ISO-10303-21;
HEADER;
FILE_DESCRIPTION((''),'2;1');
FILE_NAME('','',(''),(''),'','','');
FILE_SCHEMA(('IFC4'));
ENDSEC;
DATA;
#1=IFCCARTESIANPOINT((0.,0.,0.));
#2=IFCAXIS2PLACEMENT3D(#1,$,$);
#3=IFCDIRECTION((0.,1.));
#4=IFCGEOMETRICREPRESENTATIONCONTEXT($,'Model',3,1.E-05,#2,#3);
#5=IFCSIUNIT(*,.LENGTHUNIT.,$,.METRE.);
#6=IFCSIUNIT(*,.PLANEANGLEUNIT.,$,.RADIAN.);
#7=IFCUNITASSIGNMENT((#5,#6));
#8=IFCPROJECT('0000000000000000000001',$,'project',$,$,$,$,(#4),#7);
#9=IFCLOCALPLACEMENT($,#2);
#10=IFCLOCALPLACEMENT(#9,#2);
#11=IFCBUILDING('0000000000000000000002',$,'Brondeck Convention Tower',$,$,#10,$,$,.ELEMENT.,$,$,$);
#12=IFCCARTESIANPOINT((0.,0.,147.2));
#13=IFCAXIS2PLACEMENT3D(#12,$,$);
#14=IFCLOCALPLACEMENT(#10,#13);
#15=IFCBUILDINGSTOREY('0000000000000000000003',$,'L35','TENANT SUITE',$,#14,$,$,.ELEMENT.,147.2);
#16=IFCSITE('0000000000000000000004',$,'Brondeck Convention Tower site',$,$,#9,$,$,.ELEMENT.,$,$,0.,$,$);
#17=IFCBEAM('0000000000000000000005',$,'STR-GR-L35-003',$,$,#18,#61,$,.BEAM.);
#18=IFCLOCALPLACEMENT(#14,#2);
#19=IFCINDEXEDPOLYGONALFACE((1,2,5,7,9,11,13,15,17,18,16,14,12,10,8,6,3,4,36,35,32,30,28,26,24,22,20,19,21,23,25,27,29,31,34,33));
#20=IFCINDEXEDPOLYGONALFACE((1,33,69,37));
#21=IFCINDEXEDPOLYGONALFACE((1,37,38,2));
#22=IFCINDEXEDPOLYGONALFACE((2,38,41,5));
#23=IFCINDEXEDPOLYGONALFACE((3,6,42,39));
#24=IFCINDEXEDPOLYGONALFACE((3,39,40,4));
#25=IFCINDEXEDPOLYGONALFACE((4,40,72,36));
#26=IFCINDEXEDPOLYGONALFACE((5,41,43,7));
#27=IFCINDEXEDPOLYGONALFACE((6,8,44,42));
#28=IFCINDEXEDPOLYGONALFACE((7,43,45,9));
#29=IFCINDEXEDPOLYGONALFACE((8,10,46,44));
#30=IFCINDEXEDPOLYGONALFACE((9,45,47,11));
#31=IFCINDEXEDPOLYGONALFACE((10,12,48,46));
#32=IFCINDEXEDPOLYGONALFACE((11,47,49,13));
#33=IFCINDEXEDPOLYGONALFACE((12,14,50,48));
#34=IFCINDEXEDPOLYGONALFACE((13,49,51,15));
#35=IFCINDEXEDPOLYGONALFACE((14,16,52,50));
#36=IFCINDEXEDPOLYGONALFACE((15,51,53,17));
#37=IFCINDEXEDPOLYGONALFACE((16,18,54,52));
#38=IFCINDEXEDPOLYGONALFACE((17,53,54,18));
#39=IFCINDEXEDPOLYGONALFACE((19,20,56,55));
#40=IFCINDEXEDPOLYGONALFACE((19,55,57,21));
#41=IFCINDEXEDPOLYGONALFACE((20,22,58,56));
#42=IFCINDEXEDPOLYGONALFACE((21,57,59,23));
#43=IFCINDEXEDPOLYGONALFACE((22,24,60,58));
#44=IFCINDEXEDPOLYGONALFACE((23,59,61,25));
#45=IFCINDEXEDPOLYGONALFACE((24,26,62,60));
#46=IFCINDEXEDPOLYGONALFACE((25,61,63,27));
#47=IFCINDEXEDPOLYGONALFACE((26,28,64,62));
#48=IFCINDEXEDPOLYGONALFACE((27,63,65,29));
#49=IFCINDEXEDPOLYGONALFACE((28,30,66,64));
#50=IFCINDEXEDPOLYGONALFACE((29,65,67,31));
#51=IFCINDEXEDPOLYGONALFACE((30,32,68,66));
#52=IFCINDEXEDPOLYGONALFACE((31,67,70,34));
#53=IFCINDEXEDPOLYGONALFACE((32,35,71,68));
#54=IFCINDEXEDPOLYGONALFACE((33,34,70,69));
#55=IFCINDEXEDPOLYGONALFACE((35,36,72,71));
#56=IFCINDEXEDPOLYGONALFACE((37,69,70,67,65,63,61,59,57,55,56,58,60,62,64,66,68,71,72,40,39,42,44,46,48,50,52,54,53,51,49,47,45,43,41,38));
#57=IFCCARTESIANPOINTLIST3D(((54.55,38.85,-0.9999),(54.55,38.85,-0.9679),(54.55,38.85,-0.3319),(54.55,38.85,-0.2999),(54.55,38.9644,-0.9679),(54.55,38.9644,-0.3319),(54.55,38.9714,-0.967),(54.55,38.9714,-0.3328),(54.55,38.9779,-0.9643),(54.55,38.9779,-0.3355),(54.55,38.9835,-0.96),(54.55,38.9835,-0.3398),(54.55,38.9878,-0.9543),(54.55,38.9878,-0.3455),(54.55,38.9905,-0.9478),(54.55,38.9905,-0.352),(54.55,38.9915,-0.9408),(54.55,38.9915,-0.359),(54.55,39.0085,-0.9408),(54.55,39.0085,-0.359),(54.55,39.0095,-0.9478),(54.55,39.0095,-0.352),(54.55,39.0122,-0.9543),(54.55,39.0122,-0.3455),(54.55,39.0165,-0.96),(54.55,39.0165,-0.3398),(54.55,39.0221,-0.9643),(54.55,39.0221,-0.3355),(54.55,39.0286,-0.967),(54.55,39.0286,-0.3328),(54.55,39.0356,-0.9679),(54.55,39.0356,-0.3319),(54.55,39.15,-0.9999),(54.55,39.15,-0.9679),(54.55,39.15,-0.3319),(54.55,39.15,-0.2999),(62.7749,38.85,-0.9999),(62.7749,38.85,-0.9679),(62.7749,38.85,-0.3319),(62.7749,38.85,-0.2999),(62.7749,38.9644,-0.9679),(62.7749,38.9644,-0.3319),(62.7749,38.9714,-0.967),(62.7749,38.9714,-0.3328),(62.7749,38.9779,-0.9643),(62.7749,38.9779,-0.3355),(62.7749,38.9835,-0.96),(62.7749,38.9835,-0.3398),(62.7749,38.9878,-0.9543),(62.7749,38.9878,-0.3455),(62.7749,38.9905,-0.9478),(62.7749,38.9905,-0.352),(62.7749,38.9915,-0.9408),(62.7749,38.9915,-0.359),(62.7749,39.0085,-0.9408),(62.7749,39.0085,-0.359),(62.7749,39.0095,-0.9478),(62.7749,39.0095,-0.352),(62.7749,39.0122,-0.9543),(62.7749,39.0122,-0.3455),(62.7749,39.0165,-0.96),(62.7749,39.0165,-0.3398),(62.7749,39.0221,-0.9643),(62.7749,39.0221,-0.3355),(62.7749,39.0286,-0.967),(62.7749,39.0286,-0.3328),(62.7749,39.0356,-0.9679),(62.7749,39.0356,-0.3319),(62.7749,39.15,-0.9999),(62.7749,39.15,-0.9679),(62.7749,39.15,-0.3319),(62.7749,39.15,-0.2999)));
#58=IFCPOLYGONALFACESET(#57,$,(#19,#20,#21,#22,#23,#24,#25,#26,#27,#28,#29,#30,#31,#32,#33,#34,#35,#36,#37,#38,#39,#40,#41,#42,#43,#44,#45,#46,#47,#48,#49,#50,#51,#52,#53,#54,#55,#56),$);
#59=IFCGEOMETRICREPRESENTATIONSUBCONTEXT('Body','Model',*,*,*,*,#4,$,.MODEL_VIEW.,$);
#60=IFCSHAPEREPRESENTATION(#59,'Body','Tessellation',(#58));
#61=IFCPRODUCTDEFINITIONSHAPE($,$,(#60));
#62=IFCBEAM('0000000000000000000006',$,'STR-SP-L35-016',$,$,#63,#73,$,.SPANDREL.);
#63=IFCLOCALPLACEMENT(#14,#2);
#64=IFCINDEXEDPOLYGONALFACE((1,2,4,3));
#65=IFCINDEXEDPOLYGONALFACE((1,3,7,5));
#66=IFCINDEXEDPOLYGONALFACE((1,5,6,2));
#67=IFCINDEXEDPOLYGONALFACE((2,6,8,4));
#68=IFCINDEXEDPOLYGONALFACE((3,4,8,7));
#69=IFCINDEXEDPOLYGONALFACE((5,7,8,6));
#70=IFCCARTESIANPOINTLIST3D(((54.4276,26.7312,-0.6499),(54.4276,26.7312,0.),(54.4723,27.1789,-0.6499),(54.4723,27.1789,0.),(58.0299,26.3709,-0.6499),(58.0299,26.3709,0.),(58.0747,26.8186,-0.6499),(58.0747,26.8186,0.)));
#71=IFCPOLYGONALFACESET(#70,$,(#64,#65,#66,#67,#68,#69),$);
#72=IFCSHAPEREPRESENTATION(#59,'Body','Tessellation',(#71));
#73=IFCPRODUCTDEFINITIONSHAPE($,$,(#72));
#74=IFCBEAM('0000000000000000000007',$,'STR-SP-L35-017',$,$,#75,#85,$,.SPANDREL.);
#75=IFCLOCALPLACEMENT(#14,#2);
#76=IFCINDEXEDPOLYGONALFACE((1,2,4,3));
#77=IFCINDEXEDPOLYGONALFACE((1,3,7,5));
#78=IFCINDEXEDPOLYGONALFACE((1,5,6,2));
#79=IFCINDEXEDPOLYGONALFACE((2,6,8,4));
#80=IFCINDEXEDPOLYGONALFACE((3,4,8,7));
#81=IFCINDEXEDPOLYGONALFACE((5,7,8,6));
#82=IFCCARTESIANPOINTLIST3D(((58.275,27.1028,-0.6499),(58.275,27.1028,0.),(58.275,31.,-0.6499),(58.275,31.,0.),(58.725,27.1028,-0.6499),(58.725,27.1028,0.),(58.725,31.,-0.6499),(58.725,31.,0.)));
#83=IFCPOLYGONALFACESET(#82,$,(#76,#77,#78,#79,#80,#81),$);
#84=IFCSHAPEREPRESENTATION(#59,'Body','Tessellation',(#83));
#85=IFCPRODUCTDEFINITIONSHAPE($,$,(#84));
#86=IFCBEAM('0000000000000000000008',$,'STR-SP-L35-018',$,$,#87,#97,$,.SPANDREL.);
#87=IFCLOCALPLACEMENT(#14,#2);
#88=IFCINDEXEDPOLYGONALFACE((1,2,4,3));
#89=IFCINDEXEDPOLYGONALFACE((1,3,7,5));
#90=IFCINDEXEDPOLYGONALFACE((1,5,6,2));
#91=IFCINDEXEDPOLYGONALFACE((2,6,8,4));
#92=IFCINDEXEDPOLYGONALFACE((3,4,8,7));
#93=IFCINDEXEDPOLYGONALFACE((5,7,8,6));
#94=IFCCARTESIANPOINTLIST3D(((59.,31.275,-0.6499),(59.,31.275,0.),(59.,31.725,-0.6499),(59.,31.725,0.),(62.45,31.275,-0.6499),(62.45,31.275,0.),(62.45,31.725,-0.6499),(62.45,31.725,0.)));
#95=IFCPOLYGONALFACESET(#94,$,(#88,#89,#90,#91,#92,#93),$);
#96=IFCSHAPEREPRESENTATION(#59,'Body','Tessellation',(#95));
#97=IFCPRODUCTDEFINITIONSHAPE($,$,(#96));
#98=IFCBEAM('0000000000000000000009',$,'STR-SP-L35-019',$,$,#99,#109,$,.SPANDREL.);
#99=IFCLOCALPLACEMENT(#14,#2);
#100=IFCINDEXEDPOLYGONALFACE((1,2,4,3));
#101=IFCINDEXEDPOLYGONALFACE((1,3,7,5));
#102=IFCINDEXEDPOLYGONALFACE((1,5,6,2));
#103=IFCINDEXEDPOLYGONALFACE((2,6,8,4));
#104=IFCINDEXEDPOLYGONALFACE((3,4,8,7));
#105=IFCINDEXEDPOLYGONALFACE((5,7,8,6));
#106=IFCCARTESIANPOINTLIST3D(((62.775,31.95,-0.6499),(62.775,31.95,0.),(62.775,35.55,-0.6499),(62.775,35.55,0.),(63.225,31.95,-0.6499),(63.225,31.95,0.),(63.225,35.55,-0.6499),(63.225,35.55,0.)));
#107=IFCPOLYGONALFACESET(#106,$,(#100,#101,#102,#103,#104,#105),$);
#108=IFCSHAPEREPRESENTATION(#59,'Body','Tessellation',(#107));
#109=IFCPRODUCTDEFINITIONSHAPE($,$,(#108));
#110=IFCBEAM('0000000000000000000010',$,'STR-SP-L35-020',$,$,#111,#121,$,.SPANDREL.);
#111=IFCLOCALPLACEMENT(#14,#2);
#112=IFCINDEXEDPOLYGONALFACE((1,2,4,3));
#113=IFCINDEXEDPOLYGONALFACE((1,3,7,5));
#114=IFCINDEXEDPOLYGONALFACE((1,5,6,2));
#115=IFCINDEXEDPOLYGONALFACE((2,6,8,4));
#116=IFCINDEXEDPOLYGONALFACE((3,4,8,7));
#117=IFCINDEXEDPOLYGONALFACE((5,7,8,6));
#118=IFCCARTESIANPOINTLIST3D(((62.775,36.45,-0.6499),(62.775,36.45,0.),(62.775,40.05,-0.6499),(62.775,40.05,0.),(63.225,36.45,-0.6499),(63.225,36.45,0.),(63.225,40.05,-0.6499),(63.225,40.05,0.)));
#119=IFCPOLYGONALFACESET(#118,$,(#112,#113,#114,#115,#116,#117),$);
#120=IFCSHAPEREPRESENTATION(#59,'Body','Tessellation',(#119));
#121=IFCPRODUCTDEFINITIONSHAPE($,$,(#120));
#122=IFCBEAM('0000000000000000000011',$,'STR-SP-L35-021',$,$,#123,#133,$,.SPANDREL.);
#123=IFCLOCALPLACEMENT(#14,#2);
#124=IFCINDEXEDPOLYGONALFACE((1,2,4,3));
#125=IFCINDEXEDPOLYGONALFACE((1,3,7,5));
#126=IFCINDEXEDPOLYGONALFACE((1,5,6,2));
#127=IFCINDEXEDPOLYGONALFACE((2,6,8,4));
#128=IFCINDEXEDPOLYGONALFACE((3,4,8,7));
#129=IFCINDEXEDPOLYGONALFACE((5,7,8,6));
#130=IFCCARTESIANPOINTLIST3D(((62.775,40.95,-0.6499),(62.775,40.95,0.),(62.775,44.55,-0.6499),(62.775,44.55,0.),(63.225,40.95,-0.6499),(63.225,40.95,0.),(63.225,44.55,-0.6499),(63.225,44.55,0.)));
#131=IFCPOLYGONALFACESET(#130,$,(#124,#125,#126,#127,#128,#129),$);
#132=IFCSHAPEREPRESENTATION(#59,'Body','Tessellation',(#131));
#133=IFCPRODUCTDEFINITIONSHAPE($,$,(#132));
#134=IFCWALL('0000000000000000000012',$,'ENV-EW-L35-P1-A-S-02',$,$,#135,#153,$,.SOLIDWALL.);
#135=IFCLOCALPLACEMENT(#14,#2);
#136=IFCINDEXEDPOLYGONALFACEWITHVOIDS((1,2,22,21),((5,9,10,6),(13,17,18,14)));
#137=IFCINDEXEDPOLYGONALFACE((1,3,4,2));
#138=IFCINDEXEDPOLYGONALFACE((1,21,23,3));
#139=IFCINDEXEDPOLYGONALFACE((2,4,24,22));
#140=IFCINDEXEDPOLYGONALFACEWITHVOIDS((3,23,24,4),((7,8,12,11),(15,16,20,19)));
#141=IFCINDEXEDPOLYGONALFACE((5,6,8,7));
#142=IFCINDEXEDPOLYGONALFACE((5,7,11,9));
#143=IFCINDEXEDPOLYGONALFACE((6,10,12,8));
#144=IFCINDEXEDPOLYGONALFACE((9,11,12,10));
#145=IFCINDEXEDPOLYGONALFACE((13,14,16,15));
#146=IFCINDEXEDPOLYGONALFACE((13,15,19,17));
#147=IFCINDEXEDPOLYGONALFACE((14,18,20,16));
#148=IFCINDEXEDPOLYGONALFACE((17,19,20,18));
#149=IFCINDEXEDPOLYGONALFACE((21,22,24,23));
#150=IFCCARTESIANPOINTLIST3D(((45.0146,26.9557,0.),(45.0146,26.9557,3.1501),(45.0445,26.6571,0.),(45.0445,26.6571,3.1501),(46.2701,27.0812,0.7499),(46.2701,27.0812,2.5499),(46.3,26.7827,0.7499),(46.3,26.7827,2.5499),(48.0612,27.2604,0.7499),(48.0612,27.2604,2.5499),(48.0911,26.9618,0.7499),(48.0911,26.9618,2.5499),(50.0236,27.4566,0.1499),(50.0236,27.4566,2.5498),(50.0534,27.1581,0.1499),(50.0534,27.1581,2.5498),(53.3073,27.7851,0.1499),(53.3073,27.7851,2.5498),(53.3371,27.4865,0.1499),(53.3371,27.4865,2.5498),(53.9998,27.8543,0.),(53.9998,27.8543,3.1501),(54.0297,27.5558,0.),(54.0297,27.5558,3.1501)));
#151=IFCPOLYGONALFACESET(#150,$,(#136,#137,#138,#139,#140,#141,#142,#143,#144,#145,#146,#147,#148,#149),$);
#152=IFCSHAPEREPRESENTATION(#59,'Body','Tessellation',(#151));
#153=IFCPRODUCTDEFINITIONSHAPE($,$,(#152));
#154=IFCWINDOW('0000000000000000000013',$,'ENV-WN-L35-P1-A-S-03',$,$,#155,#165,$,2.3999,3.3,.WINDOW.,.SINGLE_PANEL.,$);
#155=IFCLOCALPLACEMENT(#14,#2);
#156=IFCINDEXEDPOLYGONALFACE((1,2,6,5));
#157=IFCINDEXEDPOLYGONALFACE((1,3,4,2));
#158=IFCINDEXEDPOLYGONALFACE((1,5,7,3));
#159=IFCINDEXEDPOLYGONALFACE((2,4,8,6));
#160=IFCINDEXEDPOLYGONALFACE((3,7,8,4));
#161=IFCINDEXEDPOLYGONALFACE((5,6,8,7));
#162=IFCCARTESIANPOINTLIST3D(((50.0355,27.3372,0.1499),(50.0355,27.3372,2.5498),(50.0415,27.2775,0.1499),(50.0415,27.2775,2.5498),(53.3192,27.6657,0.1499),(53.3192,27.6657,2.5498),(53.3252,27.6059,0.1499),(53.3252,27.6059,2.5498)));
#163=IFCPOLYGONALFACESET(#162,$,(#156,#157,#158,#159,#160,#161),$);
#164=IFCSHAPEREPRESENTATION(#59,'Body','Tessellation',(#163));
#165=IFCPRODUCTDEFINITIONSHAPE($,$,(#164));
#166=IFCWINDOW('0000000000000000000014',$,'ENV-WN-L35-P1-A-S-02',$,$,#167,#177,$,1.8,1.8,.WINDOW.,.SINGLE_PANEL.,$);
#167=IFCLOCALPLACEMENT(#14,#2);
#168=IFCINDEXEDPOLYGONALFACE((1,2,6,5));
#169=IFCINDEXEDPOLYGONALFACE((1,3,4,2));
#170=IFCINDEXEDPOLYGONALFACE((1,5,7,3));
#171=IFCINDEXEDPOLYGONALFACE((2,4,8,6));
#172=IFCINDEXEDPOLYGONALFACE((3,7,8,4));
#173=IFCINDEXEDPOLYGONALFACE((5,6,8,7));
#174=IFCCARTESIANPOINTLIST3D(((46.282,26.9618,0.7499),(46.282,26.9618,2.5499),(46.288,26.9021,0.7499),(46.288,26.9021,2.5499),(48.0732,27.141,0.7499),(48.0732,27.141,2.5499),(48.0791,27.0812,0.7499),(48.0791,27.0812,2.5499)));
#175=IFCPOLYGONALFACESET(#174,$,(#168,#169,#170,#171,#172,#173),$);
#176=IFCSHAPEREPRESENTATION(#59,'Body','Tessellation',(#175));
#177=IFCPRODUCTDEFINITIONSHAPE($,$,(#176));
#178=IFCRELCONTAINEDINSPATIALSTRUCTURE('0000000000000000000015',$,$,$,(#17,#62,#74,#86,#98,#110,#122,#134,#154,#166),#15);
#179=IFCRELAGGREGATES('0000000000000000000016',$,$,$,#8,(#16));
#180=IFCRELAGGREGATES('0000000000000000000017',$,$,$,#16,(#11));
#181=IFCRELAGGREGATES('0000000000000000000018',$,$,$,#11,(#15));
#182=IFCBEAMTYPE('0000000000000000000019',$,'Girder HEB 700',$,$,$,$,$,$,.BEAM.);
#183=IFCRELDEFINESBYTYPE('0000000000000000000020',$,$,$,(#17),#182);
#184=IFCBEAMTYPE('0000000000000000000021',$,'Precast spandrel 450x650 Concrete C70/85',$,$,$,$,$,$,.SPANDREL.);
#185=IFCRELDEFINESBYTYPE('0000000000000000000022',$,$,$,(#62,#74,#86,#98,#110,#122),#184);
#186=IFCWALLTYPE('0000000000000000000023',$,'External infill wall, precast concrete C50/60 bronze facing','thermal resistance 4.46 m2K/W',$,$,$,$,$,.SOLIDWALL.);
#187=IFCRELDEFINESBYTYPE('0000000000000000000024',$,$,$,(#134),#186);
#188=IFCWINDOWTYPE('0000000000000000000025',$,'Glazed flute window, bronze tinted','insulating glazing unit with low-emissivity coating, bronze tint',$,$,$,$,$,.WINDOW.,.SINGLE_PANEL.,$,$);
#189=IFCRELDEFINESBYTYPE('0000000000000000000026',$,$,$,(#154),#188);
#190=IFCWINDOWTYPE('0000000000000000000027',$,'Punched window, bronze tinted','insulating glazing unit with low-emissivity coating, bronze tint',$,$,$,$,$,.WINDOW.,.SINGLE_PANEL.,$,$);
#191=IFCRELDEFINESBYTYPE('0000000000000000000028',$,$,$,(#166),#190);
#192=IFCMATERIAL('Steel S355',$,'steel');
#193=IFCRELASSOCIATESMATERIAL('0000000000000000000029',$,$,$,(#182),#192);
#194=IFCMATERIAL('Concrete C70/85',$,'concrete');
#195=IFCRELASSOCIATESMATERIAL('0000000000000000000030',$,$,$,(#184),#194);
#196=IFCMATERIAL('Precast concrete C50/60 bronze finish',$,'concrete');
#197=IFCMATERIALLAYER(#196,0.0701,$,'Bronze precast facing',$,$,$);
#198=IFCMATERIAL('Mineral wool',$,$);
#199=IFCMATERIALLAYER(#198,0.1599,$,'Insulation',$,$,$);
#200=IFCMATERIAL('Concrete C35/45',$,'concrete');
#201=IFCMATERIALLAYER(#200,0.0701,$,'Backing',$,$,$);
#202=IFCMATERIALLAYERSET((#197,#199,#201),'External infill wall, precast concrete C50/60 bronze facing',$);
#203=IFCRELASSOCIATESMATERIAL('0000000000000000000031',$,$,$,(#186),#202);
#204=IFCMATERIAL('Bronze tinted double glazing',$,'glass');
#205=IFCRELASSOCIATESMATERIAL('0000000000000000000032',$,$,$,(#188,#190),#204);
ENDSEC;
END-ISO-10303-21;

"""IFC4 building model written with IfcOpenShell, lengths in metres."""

from ifc_helpers import new_model, si_unit, direction, frame, frame_2d, origin, origin_2d, place, context, subcontext, project, spatial, rectangle, i_section, extrude, material, layer, layer_set, material_profile, profile_set, type_object, element, fill, save


model = new_model("IFC4")

# Units and contexts
model_context = context("Model", 3, precision=1e-05, world=origin(), true_north=direction((0.0, 1.0)))
body_context = subcontext(model_context, "Body", "Model", "MODEL_VIEW")
ifc_project = project(units=[si_unit("LENGTHUNIT", "METRE"), si_unit("PLANEANGLEUNIT", "RADIAN")], contexts=[model_context])

# Site, building, storey
site_placement = place(None, origin())
site = spatial("IfcSite", under=ifc_project, at=site_placement, Name="Brondeck Convention Tower site", CompositionType="ELEMENT", RefElevation=0.0)
building_placement = place(site_placement, origin())
building = spatial("IfcBuilding", under=site, at=building_placement, Name="Brondeck Convention Tower", CompositionType="ELEMENT")
storey_placement = place(building_placement, frame((0.0, 0.0, 147.2)))
storey = spatial("IfcBuildingStorey", under=building, at=storey_placement, Name="L35", Description="TENANT SUITE", CompositionType="ELEMENT", Elevation=147.2)

# Shared definitions
ifc_material_1 = material(Name="Concrete C70/85", Category="concrete")

# Beams
ifc_material_2 = material(Name="Steel S355", Category="steel")
ifc_material_profile_1 = material_profile(ifc_material_2, i_section(OverallWidth=0.3, OverallDepth=0.7, WebThickness=0.0171, FlangeThickness=0.032, FilletRadius=0.0271, at=origin_2d()), Name="HEB 700")
ifc_profile_set_1 = profile_set([ifc_material_profile_1], Name="Steel S355")
beam_type_1 = type_object("IfcBeamType", Name="Girder HEB 700", PredefinedType="BEAM", material=ifc_profile_set_1)
beam_1_placement = place(storey_placement, frame((54.55, 39.0, -0.6499), z_axis=(1.0, 0.0, 0.0), x_axis=(0.0, 1.0, 0.0)))
element("IfcBeam", 1, at=beam_1_placement, inside=storey, type_object=beam_type_1, Name="STR-GR-L35-003", PredefinedType="BEAM", context=body_context, shape_type="SweptSolid", body=[
    extrude(i_section(OverallWidth=0.3, OverallDepth=0.7, WebThickness=0.0171, FlangeThickness=0.032, FilletRadius=0.0271, at=origin_2d()), origin(), (0.0, 0.0, 1.0), 8.2249),
])
ifc_material_profile_2 = material_profile(ifc_material_1, rectangle(XDim=0.45, YDim=0.6499, at=origin_2d()), Name="Precast spandrel 450x650 Concrete C70/85")
ifc_profile_set_2 = profile_set([ifc_material_profile_2], Name="Concrete C70/85")
beam_type_2 = type_object("IfcBeamType", Name="Precast spandrel 450x650 Concrete C70/85", PredefinedType="SPANDREL", material=ifc_profile_set_2)
beam_2_placement = place(storey_placement, frame((54.45, 26.9551, -0.325), z_axis=(0.995034, -0.099537, 0.0), x_axis=(0.099537, 0.995034, 0.0)))
element("IfcBeam", 2, at=beam_2_placement, inside=storey, type_object=beam_type_2, Name="STR-SP-L35-016", PredefinedType="SPANDREL", context=body_context, shape_type="SweptSolid", body=[
    extrude(rectangle(XDim=0.45, YDim=0.6499, at=origin_2d()), origin(), (0.0, 0.0, 1.0), 3.6204),
])
beam_3_placement = place(storey_placement, frame((58.5, 27.1028, -0.325), z_axis=(0.0, 1.0, 0.0), x_axis=(-1.0, 0.0, 0.0)))
element("IfcBeam", 3, at=beam_3_placement, inside=storey, type_object=beam_type_2, Name="STR-SP-L35-017", PredefinedType="SPANDREL", context=body_context, shape_type="SweptSolid", body=[
    extrude(rectangle(XDim=0.45, YDim=0.6499, at=origin_2d()), origin(), (0.0, 0.0, 1.0), 3.8972),
])
beam_4_placement = place(storey_placement, frame((59.0, 31.5, -0.325), z_axis=(1.0, 0.0, 0.0), x_axis=(0.0, 1.0, 0.0)))
element("IfcBeam", 4, at=beam_4_placement, inside=storey, type_object=beam_type_2, Name="STR-SP-L35-018", PredefinedType="SPANDREL", context=body_context, shape_type="SweptSolid", body=[
    extrude(rectangle(XDim=0.45, YDim=0.6499, at=origin_2d()), origin(), (0.0, 0.0, 1.0), 3.45),
])
for number, where, z_axis, x_axis, name in (
    (5, (63.0, 31.95, -0.325), (0.0, 1.0, 0.0), (-1.0, 0.0, 0.0), "STR-SP-L35-019"),
    (6, (63.0, 36.45, -0.325), (0.0, 1.0, 0.0), (-1.0, 0.0, 0.0), "STR-SP-L35-020"),
    (7, (63.0, 40.95, -0.325), (0.0, 1.0, 0.0), (-1.0, 0.0, 0.0), "STR-SP-L35-021"),
):
    element("IfcBeam", number, at=place(storey_placement, frame(where, z_axis=z_axis, x_axis=x_axis)), inside=storey, type_object=beam_type_2, Name=name, PredefinedType="SPANDREL", context=body_context, shape_type="SweptSolid", body=[
        extrude(rectangle(XDim=0.45, YDim=0.6499, at=origin_2d()), origin(), (0.0, 0.0, 1.0), 3.6001),
    ])

# Wall, openings, windows
ifc_material_3 = material(Name="Precast concrete C50/60 bronze finish", Category="concrete")
ifc_layer_1 = layer(ifc_material_3, 0.0701, Name="Bronze precast facing")
ifc_material_4 = material(Name="Mineral wool")
ifc_layer_2 = layer(ifc_material_4, 0.1599, Name="Insulation")
ifc_material_5 = material(Name="Concrete C35/45", Category="concrete")
ifc_layer_3 = layer(ifc_material_5, 0.0701, Name="Backing")
ifc_layer_set_1 = layer_set([ifc_layer_1, ifc_layer_2, ifc_layer_3], Name="External infill wall, precast concrete C50/60 bronze facing")
wall_type_1 = type_object("IfcWallType", Name="External infill wall, precast concrete C50/60 bronze facing", Description="thermal resistance 4.46 m2K/W", PredefinedType="SOLIDWALL", material=ifc_layer_set_1)
wall_1_placement = place(storey_placement, frame((54.0149, 27.7051, 0.0), z_axis=(0.0, 0.0, 1.0), x_axis=(-0.995035, -0.099522, 0.0)))
wall_1 = element("IfcWall", 8, at=wall_1_placement, inside=storey, type_object=wall_type_1, Name="ENV-EW-L35-P1-A-S-02", PredefinedType="SOLIDWALL", context=body_context, shape_type="SweptSolid", body=[
    extrude(rectangle(XDim=9.03, YDim=0.3, at=frame_2d((4.5151, 0.0))), origin(), (0.0, 0.0, 1.0), 3.1501),
])
opening_1_placement = place(wall_1_placement, frame((0.6963, 0.0, 0.1499)))
opening_1 = element("IfcOpeningElement", 9, at=opening_1_placement, cuts=wall_1, PredefinedType="OPENING", context=body_context, shape_type="SweptSolid", body=[
    extrude(rectangle(XDim=3.3, YDim=2.3999, at=frame_2d((1.6499, 1.2))), frame((0.0, 0.1599, 0.0), z_axis=(0.0, -1.0, 0.0), x_axis=(1.0, 0.0, 0.0)), (0.0, 0.0, 1.0), 0.3201),
])
opening_2_placement = place(wall_1_placement, frame((5.9685, 0.0, 0.75)))
opening_2 = element("IfcOpeningElement", 10, at=opening_2_placement, cuts=wall_1, PredefinedType="OPENING", context=body_context, shape_type="SweptSolid", body=[
    extrude(rectangle(XDim=1.8, YDim=1.8, at=frame_2d((0.8999, 0.8999))), frame((0.0, 0.1599, 0.0), z_axis=(0.0, -1.0, 0.0), x_axis=(1.0, 0.0, 0.0)), (0.0, 0.0, 1.0), 0.3201),
])
ifc_material_6 = material(Name="Bronze tinted double glazing", Category="glass")
window_type_1 = type_object("IfcWindowType", Name="Glazed flute window, bronze tinted", Description="insulating glazing unit with low-emissivity coating, bronze tint", PartitioningType="SINGLE_PANEL", PredefinedType="WINDOW", material=ifc_material_6)
window_1_placement = place(opening_1_placement, origin())
window_1 = element("IfcWindow", 11, at=window_1_placement, inside=storey, type_object=window_type_1, Name="ENV-WN-L35-P1-A-S-03", OverallHeight=2.3999, OverallWidth=3.3, PartitioningType="SINGLE_PANEL", PredefinedType="WINDOW", context=body_context, shape_type="SweptSolid", body=[
    extrude(rectangle(XDim=3.3, YDim=2.3999, at=frame_2d((1.6499, 1.2))), frame((0.0, 0.03, 0.0), z_axis=(0.0, -1.0, 0.0), x_axis=(1.0, 0.0, 0.0)), (0.0, 0.0, 1.0), 0.0601),
])
fill(opening_1, window_1)
window_type_2 = type_object("IfcWindowType", Name="Punched window, bronze tinted", Description="insulating glazing unit with low-emissivity coating, bronze tint", PartitioningType="SINGLE_PANEL", PredefinedType="WINDOW", material=ifc_material_6)
window_2_placement = place(opening_2_placement, origin())
window_2 = element("IfcWindow", 12, at=window_2_placement, inside=storey, type_object=window_type_2, Name="ENV-WN-L35-P1-A-S-02", OverallHeight=1.8, OverallWidth=1.8, PartitioningType="SINGLE_PANEL", PredefinedType="WINDOW", context=body_context, shape_type="SweptSolid", body=[
    extrude(rectangle(XDim=1.8, YDim=1.8, at=frame_2d((0.8999, 0.8999))), frame((0.0, 0.03, 0.0), z_axis=(0.0, -1.0, 0.0), x_axis=(1.0, 0.0, 0.0)), (0.0, 0.0, 1.0), 0.0601),
])
fill(opening_2, window_2)

save(model, "model.ifc")
